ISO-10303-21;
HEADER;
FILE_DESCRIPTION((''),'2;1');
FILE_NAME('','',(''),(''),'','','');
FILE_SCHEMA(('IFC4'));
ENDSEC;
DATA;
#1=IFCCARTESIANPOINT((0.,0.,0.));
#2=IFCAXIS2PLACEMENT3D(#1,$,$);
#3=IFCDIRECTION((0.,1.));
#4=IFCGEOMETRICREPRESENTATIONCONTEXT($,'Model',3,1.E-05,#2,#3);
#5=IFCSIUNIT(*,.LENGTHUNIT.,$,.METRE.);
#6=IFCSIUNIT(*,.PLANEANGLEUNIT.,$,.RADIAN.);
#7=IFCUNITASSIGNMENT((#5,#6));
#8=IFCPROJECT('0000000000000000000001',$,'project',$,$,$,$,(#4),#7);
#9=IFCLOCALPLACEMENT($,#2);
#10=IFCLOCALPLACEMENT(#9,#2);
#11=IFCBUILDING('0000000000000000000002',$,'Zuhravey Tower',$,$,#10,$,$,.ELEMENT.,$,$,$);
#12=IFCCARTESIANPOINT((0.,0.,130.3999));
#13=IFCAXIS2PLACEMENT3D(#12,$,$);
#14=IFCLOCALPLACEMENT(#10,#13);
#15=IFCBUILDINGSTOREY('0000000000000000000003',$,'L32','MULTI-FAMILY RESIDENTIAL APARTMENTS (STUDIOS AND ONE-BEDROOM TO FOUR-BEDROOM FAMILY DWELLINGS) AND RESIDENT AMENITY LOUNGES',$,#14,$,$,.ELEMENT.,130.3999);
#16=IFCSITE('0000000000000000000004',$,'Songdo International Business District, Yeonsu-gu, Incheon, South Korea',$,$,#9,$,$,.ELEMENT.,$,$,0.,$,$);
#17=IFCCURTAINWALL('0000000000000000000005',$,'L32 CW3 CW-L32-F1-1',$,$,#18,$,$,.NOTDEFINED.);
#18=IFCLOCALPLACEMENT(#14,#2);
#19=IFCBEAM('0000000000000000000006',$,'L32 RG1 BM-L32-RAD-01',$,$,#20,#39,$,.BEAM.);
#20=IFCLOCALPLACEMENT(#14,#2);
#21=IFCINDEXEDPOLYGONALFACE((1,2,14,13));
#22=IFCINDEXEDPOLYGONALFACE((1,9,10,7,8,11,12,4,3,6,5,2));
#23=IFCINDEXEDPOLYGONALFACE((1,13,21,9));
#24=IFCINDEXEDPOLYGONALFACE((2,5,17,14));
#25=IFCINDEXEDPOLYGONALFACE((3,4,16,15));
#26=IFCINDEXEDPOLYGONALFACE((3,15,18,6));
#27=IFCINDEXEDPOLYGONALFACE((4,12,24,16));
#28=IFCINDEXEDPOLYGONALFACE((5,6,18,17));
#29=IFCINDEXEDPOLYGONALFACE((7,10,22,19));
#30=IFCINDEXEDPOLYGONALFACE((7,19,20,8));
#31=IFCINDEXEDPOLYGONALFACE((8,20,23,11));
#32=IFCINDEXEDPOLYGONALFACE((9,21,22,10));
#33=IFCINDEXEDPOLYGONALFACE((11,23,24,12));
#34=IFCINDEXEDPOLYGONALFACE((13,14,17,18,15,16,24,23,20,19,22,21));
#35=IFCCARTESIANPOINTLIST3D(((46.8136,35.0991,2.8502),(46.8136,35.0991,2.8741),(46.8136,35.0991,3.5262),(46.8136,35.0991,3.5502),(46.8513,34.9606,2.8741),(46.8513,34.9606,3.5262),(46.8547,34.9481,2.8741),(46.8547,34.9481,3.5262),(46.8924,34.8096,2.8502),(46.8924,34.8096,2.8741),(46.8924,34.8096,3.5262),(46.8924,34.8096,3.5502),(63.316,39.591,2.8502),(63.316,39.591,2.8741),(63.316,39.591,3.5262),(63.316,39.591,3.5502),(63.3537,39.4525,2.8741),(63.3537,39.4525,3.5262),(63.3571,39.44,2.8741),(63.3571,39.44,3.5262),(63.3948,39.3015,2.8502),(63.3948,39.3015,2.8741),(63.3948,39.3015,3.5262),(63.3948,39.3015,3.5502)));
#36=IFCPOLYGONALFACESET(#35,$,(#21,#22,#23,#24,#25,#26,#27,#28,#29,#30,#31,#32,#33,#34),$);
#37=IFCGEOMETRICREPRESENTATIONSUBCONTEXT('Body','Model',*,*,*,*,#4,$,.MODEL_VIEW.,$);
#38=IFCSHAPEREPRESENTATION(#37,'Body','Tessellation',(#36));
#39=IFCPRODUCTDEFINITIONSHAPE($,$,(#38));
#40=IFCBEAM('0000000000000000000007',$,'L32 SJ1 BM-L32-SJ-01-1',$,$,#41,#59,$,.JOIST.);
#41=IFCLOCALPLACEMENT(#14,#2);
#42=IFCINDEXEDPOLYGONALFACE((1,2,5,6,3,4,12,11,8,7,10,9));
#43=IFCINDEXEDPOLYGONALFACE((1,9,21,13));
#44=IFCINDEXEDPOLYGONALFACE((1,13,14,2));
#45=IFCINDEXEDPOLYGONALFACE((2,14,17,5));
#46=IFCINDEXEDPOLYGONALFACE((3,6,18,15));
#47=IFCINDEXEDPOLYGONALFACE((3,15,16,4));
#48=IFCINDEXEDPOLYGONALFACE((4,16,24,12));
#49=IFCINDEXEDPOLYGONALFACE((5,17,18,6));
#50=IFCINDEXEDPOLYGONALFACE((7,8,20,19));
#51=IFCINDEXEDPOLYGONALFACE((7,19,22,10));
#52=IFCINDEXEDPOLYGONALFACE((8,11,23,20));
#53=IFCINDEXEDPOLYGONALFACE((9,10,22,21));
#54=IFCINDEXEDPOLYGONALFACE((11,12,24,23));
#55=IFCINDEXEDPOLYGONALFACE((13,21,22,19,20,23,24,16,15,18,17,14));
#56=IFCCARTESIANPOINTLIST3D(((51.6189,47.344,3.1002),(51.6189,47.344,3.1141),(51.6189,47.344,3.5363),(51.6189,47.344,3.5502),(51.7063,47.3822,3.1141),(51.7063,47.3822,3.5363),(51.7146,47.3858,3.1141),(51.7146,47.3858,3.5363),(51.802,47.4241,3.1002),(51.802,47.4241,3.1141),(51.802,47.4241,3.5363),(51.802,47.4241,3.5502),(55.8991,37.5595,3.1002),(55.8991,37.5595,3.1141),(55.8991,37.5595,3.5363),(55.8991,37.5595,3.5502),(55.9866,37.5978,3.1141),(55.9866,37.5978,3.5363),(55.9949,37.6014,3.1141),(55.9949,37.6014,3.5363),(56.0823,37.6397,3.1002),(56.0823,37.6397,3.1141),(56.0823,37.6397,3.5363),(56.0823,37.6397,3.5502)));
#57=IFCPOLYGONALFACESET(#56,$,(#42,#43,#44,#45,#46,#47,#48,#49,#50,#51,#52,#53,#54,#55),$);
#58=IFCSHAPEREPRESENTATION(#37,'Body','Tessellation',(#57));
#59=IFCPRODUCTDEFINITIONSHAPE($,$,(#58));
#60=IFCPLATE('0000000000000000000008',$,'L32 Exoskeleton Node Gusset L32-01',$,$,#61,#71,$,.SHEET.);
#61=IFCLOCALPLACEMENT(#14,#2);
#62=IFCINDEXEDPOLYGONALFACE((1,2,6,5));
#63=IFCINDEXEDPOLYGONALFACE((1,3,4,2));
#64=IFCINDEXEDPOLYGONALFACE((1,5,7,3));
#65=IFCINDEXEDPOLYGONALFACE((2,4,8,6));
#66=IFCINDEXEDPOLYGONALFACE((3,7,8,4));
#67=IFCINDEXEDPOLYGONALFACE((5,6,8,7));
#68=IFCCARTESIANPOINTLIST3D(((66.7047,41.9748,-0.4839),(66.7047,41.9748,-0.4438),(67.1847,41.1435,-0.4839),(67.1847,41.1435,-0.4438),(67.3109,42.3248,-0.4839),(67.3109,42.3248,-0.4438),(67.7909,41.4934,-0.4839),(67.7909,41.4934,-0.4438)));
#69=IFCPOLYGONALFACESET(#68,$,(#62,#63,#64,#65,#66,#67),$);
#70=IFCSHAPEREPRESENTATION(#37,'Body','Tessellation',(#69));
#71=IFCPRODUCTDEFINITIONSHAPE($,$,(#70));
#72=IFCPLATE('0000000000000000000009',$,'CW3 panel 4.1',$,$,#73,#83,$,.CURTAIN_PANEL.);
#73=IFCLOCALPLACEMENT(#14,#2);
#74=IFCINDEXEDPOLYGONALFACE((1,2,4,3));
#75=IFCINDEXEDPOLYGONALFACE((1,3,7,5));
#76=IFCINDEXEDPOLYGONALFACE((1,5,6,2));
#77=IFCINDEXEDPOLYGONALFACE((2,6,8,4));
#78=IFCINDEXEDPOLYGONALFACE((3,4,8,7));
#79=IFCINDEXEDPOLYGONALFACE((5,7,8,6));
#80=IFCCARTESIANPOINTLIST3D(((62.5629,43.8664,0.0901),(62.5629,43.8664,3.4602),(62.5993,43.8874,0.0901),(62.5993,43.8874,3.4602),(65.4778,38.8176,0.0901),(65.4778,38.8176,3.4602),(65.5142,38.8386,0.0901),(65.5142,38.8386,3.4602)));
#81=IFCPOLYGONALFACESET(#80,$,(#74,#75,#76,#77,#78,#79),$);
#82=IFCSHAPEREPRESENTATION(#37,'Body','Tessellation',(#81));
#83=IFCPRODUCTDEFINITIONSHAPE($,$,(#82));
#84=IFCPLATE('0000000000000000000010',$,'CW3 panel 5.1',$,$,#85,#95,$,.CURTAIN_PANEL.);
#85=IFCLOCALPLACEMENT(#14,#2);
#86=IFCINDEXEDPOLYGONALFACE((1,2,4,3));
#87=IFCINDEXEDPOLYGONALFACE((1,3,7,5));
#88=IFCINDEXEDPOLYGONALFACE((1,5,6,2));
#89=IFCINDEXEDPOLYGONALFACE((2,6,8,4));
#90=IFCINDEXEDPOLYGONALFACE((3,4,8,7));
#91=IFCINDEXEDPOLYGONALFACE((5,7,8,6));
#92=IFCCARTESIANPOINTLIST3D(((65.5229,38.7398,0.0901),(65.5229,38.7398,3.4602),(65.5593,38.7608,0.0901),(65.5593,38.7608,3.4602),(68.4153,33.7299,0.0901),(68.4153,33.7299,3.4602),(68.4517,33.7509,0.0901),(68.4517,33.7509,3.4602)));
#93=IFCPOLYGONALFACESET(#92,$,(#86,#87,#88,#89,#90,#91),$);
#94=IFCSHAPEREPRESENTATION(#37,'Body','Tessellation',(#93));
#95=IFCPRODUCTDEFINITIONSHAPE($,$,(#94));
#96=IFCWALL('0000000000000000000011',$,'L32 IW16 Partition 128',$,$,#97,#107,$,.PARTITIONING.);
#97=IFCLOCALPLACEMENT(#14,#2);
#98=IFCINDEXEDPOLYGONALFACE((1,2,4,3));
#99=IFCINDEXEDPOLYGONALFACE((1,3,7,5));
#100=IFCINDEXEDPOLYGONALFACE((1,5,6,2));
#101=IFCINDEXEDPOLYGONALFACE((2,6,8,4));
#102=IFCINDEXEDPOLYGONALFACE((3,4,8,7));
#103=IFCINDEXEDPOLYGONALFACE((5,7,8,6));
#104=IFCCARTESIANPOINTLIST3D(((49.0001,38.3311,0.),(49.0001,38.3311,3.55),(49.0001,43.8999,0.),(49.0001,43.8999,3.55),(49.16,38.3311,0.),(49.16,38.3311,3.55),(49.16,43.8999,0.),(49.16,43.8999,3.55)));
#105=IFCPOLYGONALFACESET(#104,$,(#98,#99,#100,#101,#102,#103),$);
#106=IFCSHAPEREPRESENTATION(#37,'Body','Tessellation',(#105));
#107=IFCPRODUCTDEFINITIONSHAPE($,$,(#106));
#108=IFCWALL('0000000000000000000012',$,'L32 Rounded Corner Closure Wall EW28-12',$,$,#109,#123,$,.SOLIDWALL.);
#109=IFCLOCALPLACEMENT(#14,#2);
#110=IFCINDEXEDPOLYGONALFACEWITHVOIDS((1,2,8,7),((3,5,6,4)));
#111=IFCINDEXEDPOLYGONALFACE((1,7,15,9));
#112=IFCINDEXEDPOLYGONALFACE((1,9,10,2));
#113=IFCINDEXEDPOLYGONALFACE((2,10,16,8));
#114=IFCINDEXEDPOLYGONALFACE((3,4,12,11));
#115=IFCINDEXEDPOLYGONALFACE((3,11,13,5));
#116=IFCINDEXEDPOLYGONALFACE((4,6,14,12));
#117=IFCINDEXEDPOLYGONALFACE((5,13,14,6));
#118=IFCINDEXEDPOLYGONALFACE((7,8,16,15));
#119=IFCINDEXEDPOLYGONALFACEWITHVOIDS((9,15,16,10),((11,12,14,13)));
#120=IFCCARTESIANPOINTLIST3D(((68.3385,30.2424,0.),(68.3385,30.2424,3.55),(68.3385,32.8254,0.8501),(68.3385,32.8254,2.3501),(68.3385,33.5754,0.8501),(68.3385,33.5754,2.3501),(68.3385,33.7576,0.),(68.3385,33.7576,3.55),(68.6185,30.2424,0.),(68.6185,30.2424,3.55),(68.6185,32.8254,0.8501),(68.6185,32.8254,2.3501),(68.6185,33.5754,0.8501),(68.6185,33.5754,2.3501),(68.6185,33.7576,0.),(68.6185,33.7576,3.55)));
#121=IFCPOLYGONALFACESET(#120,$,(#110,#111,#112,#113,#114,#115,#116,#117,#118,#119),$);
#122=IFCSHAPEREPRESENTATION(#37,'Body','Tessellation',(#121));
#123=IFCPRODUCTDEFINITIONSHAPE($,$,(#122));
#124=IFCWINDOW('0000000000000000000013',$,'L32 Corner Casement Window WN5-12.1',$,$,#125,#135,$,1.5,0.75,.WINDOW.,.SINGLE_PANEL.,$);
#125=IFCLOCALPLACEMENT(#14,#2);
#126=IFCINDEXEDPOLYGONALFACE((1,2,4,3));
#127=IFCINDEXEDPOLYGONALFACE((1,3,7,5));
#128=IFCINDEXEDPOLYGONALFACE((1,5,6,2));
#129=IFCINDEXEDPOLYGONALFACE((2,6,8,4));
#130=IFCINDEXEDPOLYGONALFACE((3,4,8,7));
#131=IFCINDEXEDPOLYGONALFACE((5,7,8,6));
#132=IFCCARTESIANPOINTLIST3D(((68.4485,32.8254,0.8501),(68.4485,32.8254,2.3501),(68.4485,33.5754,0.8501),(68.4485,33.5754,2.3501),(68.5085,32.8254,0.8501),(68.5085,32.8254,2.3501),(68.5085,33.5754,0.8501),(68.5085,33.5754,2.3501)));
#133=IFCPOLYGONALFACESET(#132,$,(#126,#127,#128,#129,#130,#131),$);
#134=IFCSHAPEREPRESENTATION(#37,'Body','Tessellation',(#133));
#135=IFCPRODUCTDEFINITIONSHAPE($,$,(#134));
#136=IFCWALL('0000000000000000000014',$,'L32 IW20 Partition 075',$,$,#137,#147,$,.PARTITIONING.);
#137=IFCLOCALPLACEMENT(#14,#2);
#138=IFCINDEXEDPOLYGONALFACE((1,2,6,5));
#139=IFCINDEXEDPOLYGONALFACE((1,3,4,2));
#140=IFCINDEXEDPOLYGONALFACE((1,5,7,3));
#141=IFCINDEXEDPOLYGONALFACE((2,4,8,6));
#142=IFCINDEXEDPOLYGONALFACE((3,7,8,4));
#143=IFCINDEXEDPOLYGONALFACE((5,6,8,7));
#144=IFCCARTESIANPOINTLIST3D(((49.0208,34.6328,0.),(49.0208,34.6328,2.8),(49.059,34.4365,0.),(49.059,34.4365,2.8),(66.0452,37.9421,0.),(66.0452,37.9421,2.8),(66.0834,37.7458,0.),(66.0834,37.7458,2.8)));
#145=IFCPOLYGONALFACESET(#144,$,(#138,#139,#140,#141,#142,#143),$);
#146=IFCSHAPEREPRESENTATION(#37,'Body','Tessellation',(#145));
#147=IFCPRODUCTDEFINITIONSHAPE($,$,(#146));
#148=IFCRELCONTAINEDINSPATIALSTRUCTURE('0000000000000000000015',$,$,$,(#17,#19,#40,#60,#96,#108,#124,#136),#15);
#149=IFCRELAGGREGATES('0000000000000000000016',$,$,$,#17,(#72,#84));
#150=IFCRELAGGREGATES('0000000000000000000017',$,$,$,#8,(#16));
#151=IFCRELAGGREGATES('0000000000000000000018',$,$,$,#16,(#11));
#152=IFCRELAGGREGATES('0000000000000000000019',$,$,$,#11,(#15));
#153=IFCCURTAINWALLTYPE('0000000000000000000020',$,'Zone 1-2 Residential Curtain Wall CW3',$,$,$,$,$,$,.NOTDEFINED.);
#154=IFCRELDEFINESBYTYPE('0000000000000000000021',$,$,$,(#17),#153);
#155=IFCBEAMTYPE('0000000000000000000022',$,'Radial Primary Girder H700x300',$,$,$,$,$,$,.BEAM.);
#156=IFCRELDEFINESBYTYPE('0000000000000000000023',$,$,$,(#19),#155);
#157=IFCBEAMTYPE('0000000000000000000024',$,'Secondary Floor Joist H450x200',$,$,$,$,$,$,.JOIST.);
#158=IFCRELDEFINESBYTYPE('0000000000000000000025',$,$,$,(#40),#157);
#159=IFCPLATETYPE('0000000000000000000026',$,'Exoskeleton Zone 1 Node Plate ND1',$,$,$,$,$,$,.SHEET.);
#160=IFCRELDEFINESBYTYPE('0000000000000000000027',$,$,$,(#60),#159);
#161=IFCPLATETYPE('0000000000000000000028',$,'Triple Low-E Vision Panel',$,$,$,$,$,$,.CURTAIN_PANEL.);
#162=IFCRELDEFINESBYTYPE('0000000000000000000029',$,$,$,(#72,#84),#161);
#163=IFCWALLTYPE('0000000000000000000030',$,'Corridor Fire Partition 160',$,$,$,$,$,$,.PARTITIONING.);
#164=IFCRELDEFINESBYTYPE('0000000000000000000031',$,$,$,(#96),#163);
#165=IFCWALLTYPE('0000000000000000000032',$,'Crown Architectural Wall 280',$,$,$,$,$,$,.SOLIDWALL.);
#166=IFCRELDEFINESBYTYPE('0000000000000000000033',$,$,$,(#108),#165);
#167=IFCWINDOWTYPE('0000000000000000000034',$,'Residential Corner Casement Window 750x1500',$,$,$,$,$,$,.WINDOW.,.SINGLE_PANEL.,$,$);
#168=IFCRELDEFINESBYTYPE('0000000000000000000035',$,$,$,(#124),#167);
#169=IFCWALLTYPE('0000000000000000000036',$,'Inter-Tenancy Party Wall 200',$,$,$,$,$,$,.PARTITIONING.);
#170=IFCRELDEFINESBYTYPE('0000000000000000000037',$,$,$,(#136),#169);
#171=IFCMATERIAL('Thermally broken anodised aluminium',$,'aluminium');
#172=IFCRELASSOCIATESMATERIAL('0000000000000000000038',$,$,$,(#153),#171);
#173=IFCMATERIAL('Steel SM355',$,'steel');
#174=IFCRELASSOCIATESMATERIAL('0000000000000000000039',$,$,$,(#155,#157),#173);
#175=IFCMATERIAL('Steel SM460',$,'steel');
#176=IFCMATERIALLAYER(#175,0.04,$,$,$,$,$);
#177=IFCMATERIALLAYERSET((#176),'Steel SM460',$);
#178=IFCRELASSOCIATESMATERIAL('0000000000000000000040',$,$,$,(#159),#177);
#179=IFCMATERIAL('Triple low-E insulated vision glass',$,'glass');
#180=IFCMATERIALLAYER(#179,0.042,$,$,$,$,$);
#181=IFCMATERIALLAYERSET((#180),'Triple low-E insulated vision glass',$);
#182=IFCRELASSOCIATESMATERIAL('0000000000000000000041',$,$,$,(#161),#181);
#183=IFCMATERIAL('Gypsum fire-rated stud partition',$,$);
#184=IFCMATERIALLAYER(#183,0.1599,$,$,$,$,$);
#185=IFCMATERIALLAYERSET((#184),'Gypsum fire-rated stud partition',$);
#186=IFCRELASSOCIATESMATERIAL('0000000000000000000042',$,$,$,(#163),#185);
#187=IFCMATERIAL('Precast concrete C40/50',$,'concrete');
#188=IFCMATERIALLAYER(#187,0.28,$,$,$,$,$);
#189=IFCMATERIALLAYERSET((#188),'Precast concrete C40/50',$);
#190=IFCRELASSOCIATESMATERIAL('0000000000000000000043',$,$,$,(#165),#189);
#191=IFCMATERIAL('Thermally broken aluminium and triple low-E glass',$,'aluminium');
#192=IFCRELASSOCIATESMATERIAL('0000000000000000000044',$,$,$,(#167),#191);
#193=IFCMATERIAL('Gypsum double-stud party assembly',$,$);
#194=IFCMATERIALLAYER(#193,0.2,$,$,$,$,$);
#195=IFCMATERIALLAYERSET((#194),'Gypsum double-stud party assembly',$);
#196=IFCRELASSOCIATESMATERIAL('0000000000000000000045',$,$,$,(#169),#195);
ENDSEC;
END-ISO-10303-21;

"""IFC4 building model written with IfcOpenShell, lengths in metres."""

from ifc_helpers import new_model, si_unit, direction, frame, frame_2d, origin, origin_2d, place, context, subcontext, project, spatial, rectangle, i_section, extrude, material, layer, layer_set, material_profile, profile_set, type_object, element, fill, aggregate, save


model = new_model("IFC4")

# Units and contexts
model_context = context("Model", 3, precision=1e-05, world=origin(), true_north=direction((0.0, 1.0)))
body_context = subcontext(model_context, "Body", "Model", "MODEL_VIEW")
ifc_project = project(units=[si_unit("LENGTHUNIT", "METRE"), si_unit("PLANEANGLEUNIT", "RADIAN")], contexts=[model_context])

# Site, building, storey
site_placement = place(None, origin())
site = spatial("IfcSite", under=ifc_project, at=site_placement, Name="Songdo International Business District, Yeonsu-gu, Incheon, South Korea", CompositionType="ELEMENT", RefElevation=0.0)
building_placement = place(site_placement, origin())
building = spatial("IfcBuilding", under=site, at=building_placement, Name="Zuhravey Tower", CompositionType="ELEMENT")
storey_placement = place(building_placement, frame((0.0, 0.0, 130.3999)))
storey = spatial("IfcBuildingStorey", under=building, at=storey_placement, Name="L32", Description="MULTI-FAMILY RESIDENTIAL APARTMENTS (STUDIOS AND ONE-BEDROOM TO FOUR-BEDROOM FAMILY DWELLINGS) AND RESIDENT AMENITY LOUNGES", CompositionType="ELEMENT", Elevation=130.3999)

# Curtain wall
ifc_material_1 = material(Name="Thermally broken anodised aluminium", Category="aluminium")
curtain_wall_type = type_object("IfcCurtainWallType", Name="Zone 1-2 Residential Curtain Wall CW3", PredefinedType="NOTDEFINED", material=ifc_material_1)
curtain_wall_placement = place(storey_placement, origin())
curtain_wall = element("IfcCurtainWall", 1, at=curtain_wall_placement, inside=storey, type_object=curtain_wall_type, Name="L32 CW3 CW-L32-F1-1", PredefinedType="NOTDEFINED")

# Shared definitions
ifc_material_2 = material(Name="Steel SM355", Category="steel")
ifc_material_3 = material(Name="Steel SM460", Category="steel")

# Beams
ifc_material_profile_1 = material_profile(ifc_material_2, i_section(OverallWidth=0.3, OverallDepth=0.7, WebThickness=0.0129, FlangeThickness=0.0239, at=origin_2d()), Name="H-700x300x13x24")
ifc_profile_set_1 = profile_set([ifc_material_profile_1], Name="Steel SM355")
beam_type_1 = type_object("IfcBeamType", Name="Radial Primary Girder H700x300", PredefinedType="BEAM", material=ifc_profile_set_1)
beam_1_placement = place(storey_placement, frame((46.853, 34.9543, 3.2002), z_axis=(0.964893, 0.262643, 0.0), x_axis=(-0.262643, 0.964893, 0.0)))
element("IfcBeam", 2, at=beam_1_placement, inside=storey, type_object=beam_type_1, Name="L32 RG1 BM-L32-RAD-01", PredefinedType="BEAM", context=body_context, shape_type="SweptSolid", body=[
    extrude(i_section(OverallWidth=0.3, OverallDepth=0.7, WebThickness=0.0129, FlangeThickness=0.0239, at=origin_2d()), origin(), (0.0, 0.0, 1.0), 17.1028),
])
ifc_material_profile_2 = material_profile(ifc_material_2, i_section(OverallWidth=0.2, OverallDepth=0.45, WebThickness=0.009, FlangeThickness=0.0139, at=origin_2d()), Name="H-450x200x9x14")
ifc_profile_set_2 = profile_set([ifc_material_profile_2], Name="Steel SM355")
beam_type_2 = type_object("IfcBeamType", Name="Secondary Floor Joist H450x200", PredefinedType="JOIST", material=ifc_profile_set_2)
beam_2_placement = place(storey_placement, frame((55.9907, 37.5996, 3.3252), z_axis=(-0.400786, 0.916172, 0.0), x_axis=(-0.916172, -0.400786, 0.0)))
element("IfcBeam", 3, at=beam_2_placement, inside=storey, type_object=beam_type_2, Name="L32 SJ1 BM-L32-SJ-01-1", PredefinedType="JOIST", context=body_context, shape_type="SweptSolid", body=[
    extrude(i_section(OverallWidth=0.2, OverallDepth=0.45, WebThickness=0.009, FlangeThickness=0.0139, at=origin_2d()), origin(), (0.0, 0.0, 1.0), 10.6797),
])

# Plates
ifc_layer_1 = layer(ifc_material_3, 0.04)
ifc_layer_set_1 = layer_set([ifc_layer_1], Name="Steel SM460")
plate_type_1 = type_object("IfcPlateType", Name="Exoskeleton Zone 1 Node Plate ND1", PredefinedType="SHEET", material=ifc_layer_set_1)
plate_1_placement = place(storey_placement, frame((67.2478, 41.7341, -0.4839), z_axis=(0.0, 0.0, 1.0), x_axis=(-0.5, 0.866025, 0.0)))
element("IfcPlate", 4, at=plate_1_placement, inside=storey, type_object=plate_type_1, Name="L32 Exoskeleton Node Gusset L32-01", PredefinedType="SHEET", context=body_context, shape_type="SweptSolid", body=[
    extrude(rectangle(XDim=0.96, YDim=0.7, at=origin_2d()), origin(), (0.0, 0.0, 1.0), 0.04),
])
ifc_material_4 = material(Name="Triple low-E insulated vision glass", Category="glass")
ifc_layer_2 = layer(ifc_material_4, 0.042)
ifc_layer_set_2 = layer_set([ifc_layer_2], Name="Triple low-E insulated vision glass")
plate_type_2 = type_object("IfcPlateType", Name="Triple Low-E Vision Panel", PredefinedType="CURTAIN_PANEL", material=ifc_layer_set_2)
plate_2_placement = place(storey_placement, frame((64.0386, 41.3525, 0.0901), z_axis=(0.0, 0.0, 1.0), x_axis=(0.5, -0.866026, 0.0)))
plate_2 = element("IfcPlate", 5, at=plate_2_placement, type_object=plate_type_2, Name="CW3 panel 4.1", PredefinedType="CURTAIN_PANEL", context=body_context, shape_type="SweptSolid", body=[
    extrude(rectangle(XDim=5.8298, YDim=0.042, at=origin_2d()), origin(), (0.0, 0.0, 1.0), 3.3701),
])
plate_3_placement = place(storey_placement, frame((66.9873, 36.2454, 0.0901), z_axis=(0.0, 0.0, 1.0), x_axis=(0.5, -0.866026, 0.0)))
plate_3 = element("IfcPlate", 6, at=plate_3_placement, type_object=plate_type_2, Name="CW3 panel 5.1", PredefinedType="CURTAIN_PANEL", context=body_context, shape_type="SweptSolid", body=[
    extrude(rectangle(XDim=5.7849, YDim=0.042, at=origin_2d()), origin(), (0.0, 0.0, 1.0), 3.3701),
])
aggregate(curtain_wall, [plate_2, plate_3])

# Shared definitions
ifc_material_5 = material(Name="Gypsum fire-rated stud partition")
ifc_layer_3 = layer(ifc_material_5, 0.1599)
ifc_layer_set_3 = layer_set([ifc_layer_3], Name="Gypsum fire-rated stud partition")
wall_type_1 = type_object("IfcWallType", Name="Corridor Fire Partition 160", PredefinedType="PARTITIONING", material=ifc_layer_set_3)

# Wall
wall_1_placement = place(storey_placement, frame((49.0801, 38.3311, 0.0), z_axis=(0.0, 0.0, 1.0), x_axis=(0.0, 1.0, 0.0)))
element("IfcWall", 7, at=wall_1_placement, inside=storey, type_object=wall_type_1, Name="L32 IW16 Partition 128", PredefinedType="PARTITIONING", context=body_context, shape_type="SweptSolid", body=[
    extrude(rectangle(XDim=5.5688, YDim=0.1599, at=frame_2d((2.7844, 0.0))), origin(), (0.0, 0.0, 1.0), 3.55),
])

# Wall, opening, window
ifc_material_6 = material(Name="Precast concrete C40/50", Category="concrete")
ifc_layer_4 = layer(ifc_material_6, 0.28)
ifc_layer_set_4 = layer_set([ifc_layer_4], Name="Precast concrete C40/50")
wall_type_2 = type_object("IfcWallType", Name="Crown Architectural Wall 280", PredefinedType="SOLIDWALL", material=ifc_layer_set_4)
wall_2_placement = place(storey_placement, frame((68.4785, 33.7576, 0.0), z_axis=(0.0, 0.0, 1.0), x_axis=(0.0, -1.0, 0.0)))
wall_2 = element("IfcWall", 8, at=wall_2_placement, inside=storey, type_object=wall_type_2, Name="L32 Rounded Corner Closure Wall EW28-12", PredefinedType="SOLIDWALL", context=body_context, shape_type="SweptSolid", body=[
    extrude(rectangle(XDim=3.5151, YDim=0.28, at=frame_2d((1.7576, 0.0))), origin(), (0.0, 0.0, 1.0), 3.55),
])
opening_1_placement = place(wall_2_placement, frame((0.1821, 0.0, 0.8501)))
opening_1 = element("IfcOpeningElement", 9, at=opening_1_placement, cuts=wall_2, PredefinedType="OPENING", context=body_context, shape_type="SweptSolid", body=[
    extrude(rectangle(XDim=0.75, YDim=1.5, at=frame_2d((0.375, 0.75))), frame((0.0, 0.1521, 0.0), z_axis=(0.0, -1.0, 0.0), x_axis=(1.0, 0.0, 0.0)), (0.0, 0.0, 1.0), 0.304),
])
ifc_material_7 = material(Name="Thermally broken aluminium and triple low-E glass", Category="aluminium")
window_type = type_object("IfcWindowType", Name="Residential Corner Casement Window 750x1500", PartitioningType="SINGLE_PANEL", PredefinedType="WINDOW", material=ifc_material_7)
window_placement = place(opening_1_placement, origin())
window = element("IfcWindow", 10, at=window_placement, inside=storey, type_object=window_type, Name="L32 Corner Casement Window WN5-12.1", OverallHeight=1.5, OverallWidth=0.75, PartitioningType="SINGLE_PANEL", PredefinedType="WINDOW", context=body_context, shape_type="SweptSolid", body=[
    extrude(rectangle(XDim=0.75, YDim=1.5, at=frame_2d((0.375, 0.75))), frame((0.0, 0.03, 0.0), z_axis=(0.0, -1.0, 0.0), x_axis=(1.0, 0.0, 0.0)), (0.0, 0.0, 1.0), 0.0601),
])
fill(opening_1, window)

# Wall
ifc_material_8 = material(Name="Gypsum double-stud party assembly")
ifc_layer_5 = layer(ifc_material_8, 0.2)
ifc_layer_set_5 = layer_set([ifc_layer_5], Name="Gypsum double-stud party assembly")
wall_type_3 = type_object("IfcWallType", Name="Inter-Tenancy Party Wall 200", PredefinedType="PARTITIONING", material=ifc_layer_set_5)
wall_3_placement = place(storey_placement, frame((49.04, 34.5347, 0.0), z_axis=(0.0, 0.0, 1.0), x_axis=(0.981626, 0.190815, 0.0)))
element("IfcWall", 11, at=wall_3_placement, inside=storey, type_object=wall_type_3, Name="L32 IW20 Partition 075", PredefinedType="PARTITIONING", context=body_context, shape_type="SweptSolid", body=[
    extrude(rectangle(XDim=17.343, YDim=0.2, at=frame_2d((8.6714, 0.0))), origin(), (0.0, 0.0, 1.0), 2.8),
])

save(model, "model.ifc")
